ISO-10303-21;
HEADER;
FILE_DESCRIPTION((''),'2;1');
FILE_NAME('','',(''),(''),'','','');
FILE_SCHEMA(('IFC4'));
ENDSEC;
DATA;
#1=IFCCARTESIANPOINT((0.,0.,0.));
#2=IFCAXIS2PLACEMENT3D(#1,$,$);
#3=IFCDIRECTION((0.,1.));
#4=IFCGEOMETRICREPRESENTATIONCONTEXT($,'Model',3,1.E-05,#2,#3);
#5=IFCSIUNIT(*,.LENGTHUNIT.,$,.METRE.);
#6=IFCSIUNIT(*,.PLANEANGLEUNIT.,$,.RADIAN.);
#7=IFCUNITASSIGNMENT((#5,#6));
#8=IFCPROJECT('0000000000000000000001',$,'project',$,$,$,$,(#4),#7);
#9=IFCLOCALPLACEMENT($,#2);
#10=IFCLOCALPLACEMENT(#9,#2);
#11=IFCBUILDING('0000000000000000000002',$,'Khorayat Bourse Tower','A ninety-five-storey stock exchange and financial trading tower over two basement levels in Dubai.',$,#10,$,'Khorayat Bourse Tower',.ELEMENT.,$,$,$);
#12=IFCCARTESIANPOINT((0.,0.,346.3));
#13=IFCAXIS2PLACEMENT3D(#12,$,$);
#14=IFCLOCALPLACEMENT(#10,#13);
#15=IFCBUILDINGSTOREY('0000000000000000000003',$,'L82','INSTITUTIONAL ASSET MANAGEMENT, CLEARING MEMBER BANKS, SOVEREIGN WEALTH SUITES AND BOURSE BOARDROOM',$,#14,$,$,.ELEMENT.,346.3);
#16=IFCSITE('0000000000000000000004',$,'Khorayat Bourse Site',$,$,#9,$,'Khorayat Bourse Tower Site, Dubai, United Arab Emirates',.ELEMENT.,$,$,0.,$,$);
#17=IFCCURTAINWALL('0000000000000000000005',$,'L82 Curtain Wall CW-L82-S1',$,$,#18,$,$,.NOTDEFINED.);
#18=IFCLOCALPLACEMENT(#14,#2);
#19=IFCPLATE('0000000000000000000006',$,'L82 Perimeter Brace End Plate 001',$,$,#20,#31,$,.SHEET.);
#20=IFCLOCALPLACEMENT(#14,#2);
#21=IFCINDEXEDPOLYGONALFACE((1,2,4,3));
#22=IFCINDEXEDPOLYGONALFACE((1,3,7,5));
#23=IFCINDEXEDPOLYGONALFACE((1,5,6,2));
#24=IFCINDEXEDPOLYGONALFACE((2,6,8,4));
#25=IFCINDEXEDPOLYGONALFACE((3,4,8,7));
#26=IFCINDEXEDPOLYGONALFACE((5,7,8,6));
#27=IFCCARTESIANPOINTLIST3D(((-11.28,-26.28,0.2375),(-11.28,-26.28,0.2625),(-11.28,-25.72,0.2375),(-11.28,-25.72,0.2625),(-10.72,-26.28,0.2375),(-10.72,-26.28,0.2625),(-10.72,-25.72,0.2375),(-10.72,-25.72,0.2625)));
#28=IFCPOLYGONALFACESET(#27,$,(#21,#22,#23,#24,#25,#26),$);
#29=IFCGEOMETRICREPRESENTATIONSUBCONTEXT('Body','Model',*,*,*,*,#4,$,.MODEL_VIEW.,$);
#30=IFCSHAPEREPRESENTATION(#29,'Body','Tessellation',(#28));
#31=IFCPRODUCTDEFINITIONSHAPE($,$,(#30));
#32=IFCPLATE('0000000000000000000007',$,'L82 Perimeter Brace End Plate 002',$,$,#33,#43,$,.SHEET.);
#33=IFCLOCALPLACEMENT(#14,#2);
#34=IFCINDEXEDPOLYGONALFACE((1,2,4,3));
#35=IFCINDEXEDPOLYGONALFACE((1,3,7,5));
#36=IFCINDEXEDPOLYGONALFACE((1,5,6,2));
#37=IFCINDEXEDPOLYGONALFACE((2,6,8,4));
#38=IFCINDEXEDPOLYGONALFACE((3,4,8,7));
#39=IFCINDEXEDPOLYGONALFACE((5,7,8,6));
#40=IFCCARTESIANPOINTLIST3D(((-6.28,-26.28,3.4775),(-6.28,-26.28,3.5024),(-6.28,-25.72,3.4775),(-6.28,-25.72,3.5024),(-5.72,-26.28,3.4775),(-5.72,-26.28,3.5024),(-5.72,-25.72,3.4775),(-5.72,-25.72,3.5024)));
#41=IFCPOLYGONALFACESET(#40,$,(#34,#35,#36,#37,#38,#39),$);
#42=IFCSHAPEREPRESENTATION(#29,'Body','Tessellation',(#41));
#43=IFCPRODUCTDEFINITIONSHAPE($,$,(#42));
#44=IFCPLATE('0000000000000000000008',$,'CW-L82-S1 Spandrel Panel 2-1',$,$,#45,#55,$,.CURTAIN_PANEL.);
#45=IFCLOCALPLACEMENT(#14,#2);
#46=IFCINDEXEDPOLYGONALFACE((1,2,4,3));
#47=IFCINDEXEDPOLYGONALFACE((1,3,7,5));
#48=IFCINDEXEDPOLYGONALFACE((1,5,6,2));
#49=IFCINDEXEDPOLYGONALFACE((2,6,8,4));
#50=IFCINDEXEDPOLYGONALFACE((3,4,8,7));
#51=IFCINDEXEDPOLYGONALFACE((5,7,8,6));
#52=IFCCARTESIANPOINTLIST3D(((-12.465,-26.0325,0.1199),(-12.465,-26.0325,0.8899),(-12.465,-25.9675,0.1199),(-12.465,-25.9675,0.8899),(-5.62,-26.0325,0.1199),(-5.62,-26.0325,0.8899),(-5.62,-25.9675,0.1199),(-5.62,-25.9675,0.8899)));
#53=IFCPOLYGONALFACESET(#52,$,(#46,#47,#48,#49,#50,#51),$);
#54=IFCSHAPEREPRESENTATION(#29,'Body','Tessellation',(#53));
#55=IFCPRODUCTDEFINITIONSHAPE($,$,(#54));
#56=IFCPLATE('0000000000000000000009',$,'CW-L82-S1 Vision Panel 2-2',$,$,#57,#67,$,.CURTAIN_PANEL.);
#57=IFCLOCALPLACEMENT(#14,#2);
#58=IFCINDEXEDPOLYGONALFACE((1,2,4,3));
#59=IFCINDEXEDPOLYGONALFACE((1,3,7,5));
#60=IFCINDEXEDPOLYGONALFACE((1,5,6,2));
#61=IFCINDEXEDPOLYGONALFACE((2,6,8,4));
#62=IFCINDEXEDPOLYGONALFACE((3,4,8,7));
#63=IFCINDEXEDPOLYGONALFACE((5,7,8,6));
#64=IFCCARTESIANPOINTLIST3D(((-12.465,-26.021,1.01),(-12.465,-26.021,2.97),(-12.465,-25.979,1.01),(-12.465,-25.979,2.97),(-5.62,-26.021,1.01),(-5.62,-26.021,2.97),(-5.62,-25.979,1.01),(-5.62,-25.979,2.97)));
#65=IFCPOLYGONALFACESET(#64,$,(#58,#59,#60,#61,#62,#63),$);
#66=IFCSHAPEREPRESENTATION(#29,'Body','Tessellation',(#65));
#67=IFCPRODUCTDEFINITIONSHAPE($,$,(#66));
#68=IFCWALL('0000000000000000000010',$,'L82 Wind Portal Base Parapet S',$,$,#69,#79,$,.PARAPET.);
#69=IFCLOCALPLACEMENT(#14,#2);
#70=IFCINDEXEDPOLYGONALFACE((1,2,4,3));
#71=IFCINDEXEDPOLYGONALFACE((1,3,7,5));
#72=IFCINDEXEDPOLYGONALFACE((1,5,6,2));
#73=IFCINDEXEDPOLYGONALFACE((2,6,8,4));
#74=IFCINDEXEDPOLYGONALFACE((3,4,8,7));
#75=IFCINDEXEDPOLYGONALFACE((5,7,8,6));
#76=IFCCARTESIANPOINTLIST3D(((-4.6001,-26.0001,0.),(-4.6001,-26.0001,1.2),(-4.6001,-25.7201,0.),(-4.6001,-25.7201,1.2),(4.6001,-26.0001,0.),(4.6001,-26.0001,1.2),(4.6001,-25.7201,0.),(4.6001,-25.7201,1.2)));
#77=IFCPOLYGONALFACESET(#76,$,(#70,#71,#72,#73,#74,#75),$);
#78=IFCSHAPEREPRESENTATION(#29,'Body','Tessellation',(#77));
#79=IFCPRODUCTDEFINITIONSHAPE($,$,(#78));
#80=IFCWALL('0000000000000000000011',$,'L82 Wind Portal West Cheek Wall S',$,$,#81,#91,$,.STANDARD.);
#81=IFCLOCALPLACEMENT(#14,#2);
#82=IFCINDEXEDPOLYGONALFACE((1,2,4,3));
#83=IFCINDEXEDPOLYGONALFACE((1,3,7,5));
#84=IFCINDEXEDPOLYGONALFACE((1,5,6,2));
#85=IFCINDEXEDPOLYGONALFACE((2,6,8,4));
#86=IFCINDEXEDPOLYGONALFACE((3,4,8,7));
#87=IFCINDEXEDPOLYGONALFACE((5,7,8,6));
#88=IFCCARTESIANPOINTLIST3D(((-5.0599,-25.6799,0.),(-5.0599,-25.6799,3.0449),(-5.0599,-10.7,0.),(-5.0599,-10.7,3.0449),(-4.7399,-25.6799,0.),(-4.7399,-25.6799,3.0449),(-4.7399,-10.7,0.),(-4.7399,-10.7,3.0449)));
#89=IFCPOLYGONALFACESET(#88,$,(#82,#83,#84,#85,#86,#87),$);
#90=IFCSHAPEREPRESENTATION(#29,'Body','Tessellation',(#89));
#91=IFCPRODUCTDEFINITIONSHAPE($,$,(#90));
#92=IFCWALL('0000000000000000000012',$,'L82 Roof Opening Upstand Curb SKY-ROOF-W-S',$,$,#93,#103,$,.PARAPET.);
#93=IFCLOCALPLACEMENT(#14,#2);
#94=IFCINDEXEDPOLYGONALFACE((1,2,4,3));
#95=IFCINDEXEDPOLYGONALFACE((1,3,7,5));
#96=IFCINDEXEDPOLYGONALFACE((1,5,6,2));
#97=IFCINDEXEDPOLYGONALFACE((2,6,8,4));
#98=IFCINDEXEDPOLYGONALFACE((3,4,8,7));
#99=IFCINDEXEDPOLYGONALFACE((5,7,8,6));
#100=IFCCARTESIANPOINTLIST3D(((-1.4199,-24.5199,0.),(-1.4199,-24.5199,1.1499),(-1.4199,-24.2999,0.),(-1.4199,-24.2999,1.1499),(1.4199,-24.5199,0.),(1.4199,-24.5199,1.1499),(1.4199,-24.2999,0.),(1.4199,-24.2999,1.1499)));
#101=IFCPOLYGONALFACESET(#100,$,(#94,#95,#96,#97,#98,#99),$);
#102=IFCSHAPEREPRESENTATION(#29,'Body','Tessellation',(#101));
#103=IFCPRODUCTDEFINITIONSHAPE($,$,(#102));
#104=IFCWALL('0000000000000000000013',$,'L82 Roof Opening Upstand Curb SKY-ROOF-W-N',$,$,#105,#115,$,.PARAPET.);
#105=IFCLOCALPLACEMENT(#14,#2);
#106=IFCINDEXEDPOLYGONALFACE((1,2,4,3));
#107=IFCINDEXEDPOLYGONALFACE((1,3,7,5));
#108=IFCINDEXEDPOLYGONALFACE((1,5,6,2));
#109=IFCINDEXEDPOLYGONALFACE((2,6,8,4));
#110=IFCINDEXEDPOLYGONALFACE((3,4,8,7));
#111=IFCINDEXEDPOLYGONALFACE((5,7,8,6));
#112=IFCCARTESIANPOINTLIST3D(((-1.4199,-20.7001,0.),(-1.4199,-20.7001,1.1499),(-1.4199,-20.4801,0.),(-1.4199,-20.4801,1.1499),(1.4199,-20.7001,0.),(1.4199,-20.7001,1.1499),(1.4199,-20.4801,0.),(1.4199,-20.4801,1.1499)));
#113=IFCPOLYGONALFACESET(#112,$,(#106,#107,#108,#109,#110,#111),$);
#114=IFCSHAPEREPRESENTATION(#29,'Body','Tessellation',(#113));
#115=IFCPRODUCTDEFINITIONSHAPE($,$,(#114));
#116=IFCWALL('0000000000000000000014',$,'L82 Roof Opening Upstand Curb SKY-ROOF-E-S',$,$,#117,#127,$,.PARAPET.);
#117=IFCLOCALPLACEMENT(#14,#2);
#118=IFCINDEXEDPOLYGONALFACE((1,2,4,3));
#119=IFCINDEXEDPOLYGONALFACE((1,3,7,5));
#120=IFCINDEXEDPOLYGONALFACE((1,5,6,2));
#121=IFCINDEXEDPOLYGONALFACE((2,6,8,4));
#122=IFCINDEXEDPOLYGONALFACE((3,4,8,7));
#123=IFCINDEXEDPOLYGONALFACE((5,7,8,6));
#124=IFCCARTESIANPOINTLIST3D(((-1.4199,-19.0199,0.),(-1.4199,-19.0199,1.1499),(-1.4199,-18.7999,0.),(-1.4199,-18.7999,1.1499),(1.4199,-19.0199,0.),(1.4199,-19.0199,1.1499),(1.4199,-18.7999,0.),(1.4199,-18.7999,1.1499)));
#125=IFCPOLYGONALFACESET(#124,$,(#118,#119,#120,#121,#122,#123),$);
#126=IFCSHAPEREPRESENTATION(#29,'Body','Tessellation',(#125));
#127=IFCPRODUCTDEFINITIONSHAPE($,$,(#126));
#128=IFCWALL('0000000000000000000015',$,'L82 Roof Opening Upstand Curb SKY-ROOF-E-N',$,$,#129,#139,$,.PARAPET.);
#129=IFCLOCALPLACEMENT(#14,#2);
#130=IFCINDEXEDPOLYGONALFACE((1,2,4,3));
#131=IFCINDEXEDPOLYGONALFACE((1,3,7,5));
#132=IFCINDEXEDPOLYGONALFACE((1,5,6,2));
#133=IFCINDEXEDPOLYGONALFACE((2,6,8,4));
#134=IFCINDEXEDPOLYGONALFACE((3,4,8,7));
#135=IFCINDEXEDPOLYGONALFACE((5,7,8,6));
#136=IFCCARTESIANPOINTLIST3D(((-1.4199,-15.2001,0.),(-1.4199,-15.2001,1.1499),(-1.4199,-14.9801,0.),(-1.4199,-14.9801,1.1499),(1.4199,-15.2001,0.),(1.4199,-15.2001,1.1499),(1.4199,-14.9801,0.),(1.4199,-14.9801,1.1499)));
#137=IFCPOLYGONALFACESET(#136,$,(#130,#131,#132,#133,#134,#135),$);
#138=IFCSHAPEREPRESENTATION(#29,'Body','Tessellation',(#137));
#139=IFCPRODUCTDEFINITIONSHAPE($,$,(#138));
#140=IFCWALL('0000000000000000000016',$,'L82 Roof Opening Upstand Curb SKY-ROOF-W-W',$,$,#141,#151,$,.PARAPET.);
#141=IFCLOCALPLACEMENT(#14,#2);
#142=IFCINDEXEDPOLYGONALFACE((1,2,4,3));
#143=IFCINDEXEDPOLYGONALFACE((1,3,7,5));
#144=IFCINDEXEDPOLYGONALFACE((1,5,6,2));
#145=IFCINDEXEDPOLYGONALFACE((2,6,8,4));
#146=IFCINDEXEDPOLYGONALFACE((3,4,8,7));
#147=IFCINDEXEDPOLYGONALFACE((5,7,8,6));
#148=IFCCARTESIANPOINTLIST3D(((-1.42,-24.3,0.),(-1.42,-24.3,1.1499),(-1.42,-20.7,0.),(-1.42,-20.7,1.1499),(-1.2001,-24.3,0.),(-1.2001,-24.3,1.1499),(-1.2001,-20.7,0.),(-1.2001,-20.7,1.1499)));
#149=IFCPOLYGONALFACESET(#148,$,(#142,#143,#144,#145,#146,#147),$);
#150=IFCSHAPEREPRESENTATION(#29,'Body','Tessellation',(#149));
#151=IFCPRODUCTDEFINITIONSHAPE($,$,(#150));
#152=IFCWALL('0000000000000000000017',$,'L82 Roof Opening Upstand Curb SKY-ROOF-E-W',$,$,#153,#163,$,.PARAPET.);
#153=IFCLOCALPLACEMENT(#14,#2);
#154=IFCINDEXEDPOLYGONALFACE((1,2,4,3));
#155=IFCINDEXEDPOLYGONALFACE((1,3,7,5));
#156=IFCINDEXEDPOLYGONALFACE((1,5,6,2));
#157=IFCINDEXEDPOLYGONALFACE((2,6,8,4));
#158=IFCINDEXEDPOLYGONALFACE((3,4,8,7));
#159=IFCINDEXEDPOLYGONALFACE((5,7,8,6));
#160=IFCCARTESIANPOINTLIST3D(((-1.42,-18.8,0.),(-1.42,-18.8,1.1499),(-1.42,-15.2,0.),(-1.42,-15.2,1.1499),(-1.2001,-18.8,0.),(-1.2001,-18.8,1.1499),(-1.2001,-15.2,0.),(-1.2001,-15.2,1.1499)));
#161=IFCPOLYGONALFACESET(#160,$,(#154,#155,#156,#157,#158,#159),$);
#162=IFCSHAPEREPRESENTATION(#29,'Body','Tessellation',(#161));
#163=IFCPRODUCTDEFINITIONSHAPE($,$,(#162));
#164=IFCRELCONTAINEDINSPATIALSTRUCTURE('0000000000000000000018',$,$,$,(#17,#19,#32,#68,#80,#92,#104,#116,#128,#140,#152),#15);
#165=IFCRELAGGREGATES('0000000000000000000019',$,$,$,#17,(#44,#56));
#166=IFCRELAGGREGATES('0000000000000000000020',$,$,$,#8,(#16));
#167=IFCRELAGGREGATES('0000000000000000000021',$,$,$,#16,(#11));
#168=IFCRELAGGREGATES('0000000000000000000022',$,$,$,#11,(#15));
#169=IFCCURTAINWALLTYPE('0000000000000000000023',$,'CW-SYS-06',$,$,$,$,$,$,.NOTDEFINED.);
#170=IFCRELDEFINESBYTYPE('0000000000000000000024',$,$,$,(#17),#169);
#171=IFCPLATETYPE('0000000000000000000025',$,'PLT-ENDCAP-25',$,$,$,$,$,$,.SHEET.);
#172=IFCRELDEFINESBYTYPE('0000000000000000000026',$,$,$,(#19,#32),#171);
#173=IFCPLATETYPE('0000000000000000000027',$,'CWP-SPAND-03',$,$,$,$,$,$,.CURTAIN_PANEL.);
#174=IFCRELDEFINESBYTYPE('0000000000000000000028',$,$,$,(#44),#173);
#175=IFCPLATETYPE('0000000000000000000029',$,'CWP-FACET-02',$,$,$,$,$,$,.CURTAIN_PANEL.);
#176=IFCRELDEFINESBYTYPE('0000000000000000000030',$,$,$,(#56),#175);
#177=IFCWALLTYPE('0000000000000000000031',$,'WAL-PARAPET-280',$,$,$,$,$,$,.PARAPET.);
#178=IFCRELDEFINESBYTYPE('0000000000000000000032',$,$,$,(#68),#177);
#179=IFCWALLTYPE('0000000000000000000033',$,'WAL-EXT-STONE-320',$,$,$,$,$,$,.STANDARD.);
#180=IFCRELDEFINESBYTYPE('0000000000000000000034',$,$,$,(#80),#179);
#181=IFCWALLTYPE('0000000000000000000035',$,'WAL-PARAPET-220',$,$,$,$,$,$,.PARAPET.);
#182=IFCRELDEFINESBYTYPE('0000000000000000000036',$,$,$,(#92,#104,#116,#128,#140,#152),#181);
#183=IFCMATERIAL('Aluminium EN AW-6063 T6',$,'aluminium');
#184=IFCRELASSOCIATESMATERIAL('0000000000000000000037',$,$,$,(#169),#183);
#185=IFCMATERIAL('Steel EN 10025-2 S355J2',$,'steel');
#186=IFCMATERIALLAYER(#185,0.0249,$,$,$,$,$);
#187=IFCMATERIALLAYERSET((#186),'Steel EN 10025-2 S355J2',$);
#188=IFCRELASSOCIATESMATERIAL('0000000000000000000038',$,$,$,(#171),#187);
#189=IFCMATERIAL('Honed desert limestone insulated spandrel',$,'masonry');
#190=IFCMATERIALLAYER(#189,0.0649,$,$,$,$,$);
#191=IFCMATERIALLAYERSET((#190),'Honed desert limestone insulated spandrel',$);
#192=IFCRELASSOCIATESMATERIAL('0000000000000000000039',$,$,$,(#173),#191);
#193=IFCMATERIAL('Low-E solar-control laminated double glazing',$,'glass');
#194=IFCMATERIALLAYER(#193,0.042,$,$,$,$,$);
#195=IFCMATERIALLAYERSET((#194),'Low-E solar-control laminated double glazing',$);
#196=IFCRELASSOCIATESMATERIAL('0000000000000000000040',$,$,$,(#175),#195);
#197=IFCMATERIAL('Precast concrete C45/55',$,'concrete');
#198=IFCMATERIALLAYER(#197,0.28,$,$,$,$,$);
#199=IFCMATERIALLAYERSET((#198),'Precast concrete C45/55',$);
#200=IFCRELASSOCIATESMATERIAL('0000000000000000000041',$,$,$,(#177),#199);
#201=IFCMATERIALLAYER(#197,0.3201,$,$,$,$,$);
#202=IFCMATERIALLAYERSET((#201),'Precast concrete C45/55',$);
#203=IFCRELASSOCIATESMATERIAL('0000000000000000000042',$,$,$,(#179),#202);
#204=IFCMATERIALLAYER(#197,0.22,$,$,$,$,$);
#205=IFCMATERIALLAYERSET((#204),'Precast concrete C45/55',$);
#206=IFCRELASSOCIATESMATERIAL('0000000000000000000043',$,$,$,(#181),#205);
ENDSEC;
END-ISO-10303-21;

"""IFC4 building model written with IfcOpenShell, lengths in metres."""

from ifc_helpers import new_model, si_unit, direction, frame, frame_2d, origin, origin_2d, place, context, subcontext, project, spatial, rectangle, extrude, source, transform, mapped, material, layer, layer_set, type_object, element, aggregate, save


model = new_model("IFC4")

# Units and contexts
model_context = context("Model", 3, precision=1e-05, world=origin(), true_north=direction((0.0, 1.0)))
body_context = subcontext(model_context, "Body", "Model", "MODEL_VIEW")
ifc_project = project(units=[si_unit("LENGTHUNIT", "METRE"), si_unit("PLANEANGLEUNIT", "RADIAN")], contexts=[model_context])

# Site, building, storey
site_placement = place(None, origin())
site = spatial("IfcSite", under=ifc_project, at=site_placement, Name="Khorayat Bourse Site", LongName="Khorayat Bourse Tower Site, Dubai, United Arab Emirates", CompositionType="ELEMENT", RefElevation=0.0)
building_placement = place(site_placement, origin())
building = spatial("IfcBuilding", under=site, at=building_placement, Name="Khorayat Bourse Tower", Description="A ninety-five-storey stock exchange and financial trading tower over two basement levels in Dubai.", LongName="Khorayat Bourse Tower", CompositionType="ELEMENT")
storey_placement = place(building_placement, frame((0.0, 0.0, 346.3)))
storey = spatial("IfcBuildingStorey", under=building, at=storey_placement, Name="L82", Description="INSTITUTIONAL ASSET MANAGEMENT, CLEARING MEMBER BANKS, SOVEREIGN WEALTH SUITES AND BOURSE BOARDROOM", CompositionType="ELEMENT", Elevation=346.3)

# Shared definitions
ifc_material_1 = material(Name="Steel EN 10025-2 S355J2", Category="steel")

# Curtain wall
ifc_material_2 = material(Name="Aluminium EN AW-6063 T6", Category="aluminium")
curtain_wall_type = type_object("IfcCurtainWallType", Name="CW-SYS-06", PredefinedType="NOTDEFINED", material=ifc_material_2)
curtain_wall_placement = place(storey_placement, origin())
curtain_wall = element("IfcCurtainWall", 1, at=curtain_wall_placement, inside=storey, type_object=curtain_wall_type, Name="L82 Curtain Wall CW-L82-S1", PredefinedType="NOTDEFINED")

# Plates
ifc_layer_1 = layer(ifc_material_1, 0.0249)
ifc_layer_set_1 = layer_set([ifc_layer_1], Name="Steel EN 10025-2 S355J2")
plate_type_1 = type_object("IfcPlateType", Name="PLT-ENDCAP-25", PredefinedType="SHEET", material=ifc_layer_set_1)
shared_shape_1 = source(origin(), body_context, "Body", "SweptSolid", [
    extrude(rectangle(XDim=0.5601, YDim=0.5601, at=origin_2d()), origin(), (0.0, 0.0, 1.0), 0.0249),
])
for number, where, z_axis, x_axis, name in (
    (2, (-11.0, -26.0, 0.2375), (0.0, 0.0, 1.0), (1.0, 0.0, 0.0), "L82 Perimeter Brace End Plate 001"),
    (3, (-6.0, -26.0, 3.4775), (0.0, 0.0, 1.0), (1.0, 0.0, 0.0), "L82 Perimeter Brace End Plate 002"),
):
    element("IfcPlate", number, at=place(storey_placement, frame(where, z_axis=z_axis, x_axis=x_axis)), inside=storey, type_object=plate_type_1, Name=name, PredefinedType="SHEET", context=body_context, shape_type="MappedRepresentation", body=[
        mapped(shared_shape_1, transform((0.0, 0.0, 0.0), scale=1.0)),
    ])

# Plates
ifc_material_3 = material(Name="Honed desert limestone insulated spandrel", Category="masonry")
ifc_layer_2 = layer(ifc_material_3, 0.0649)
ifc_layer_set_2 = layer_set([ifc_layer_2], Name="Honed desert limestone insulated spandrel")
plate_type_2 = type_object("IfcPlateType", Name="CWP-SPAND-03", PredefinedType="CURTAIN_PANEL", material=ifc_layer_set_2)
shared_shape_2 = source(origin(), body_context, "Body", "SweptSolid", [
    extrude(rectangle(XDim=6.845, YDim=0.0649, at=origin_2d()), origin(), (0.0, 0.0, 1.0), 0.77),
])
plate_1_placement = place(storey_placement, frame((-9.0425, -26.0, 0.1199), z_axis=(0.0, 0.0, 1.0), x_axis=(1.0, 0.0, 0.0)))
plate_1 = element("IfcPlate", 4, at=plate_1_placement, type_object=plate_type_2, Name="CW-L82-S1 Spandrel Panel 2-1", PredefinedType="CURTAIN_PANEL", context=body_context, shape_type="MappedRepresentation", body=[
    mapped(shared_shape_2, transform((0.0, 0.0, 0.0), scale=1.0)),
])
ifc_material_4 = material(Name="Low-E solar-control laminated double glazing", Category="glass")
ifc_layer_3 = layer(ifc_material_4, 0.042)
ifc_layer_set_3 = layer_set([ifc_layer_3], Name="Low-E solar-control laminated double glazing")
plate_type_3 = type_object("IfcPlateType", Name="CWP-FACET-02", PredefinedType="CURTAIN_PANEL", material=ifc_layer_set_3)
shared_shape_3 = source(origin(), body_context, "Body", "SweptSolid", [
    extrude(rectangle(XDim=6.845, YDim=0.042, at=origin_2d()), origin(), (0.0, 0.0, 1.0), 1.96),
])
plate_2_placement = place(storey_placement, frame((-9.0425, -26.0, 1.01), z_axis=(0.0, 0.0, 1.0), x_axis=(1.0, 0.0, 0.0)))
plate_2 = element("IfcPlate", 5, at=plate_2_placement, type_object=plate_type_3, Name="CW-L82-S1 Vision Panel 2-2", PredefinedType="CURTAIN_PANEL", context=body_context, shape_type="MappedRepresentation", body=[
    mapped(shared_shape_3, transform((0.0, 0.0, 0.0), scale=1.0)),
])
aggregate(curtain_wall, [plate_1, plate_2])

# Walls
ifc_material_5 = material(Name="Precast concrete C45/55", Category="concrete")
ifc_layer_4 = layer(ifc_material_5, 0.28)
ifc_layer_set_4 = layer_set([ifc_layer_4], Name="Precast concrete C45/55")
wall_type_1 = type_object("IfcWallType", Name="WAL-PARAPET-280", PredefinedType="PARAPET", material=ifc_layer_set_4)
shared_shape_4 = source(origin(), body_context, "Body", "SweptSolid", [
    extrude(rectangle(XDim=9.2002, YDim=0.28, at=frame_2d((4.6001, 0.0))), origin(), (0.0, 0.0, 1.0), 1.2),
])
wall_1_placement = place(storey_placement, frame((-4.6001, -25.8601, 0.0), z_axis=(0.0, 0.0, 1.0), x_axis=(1.0, 0.0, 0.0)))
element("IfcWall", 6, at=wall_1_placement, inside=storey, type_object=wall_type_1, Name="L82 Wind Portal Base Parapet S", PredefinedType="PARAPET", context=body_context, shape_type="MappedRepresentation", body=[
    mapped(shared_shape_4, transform((0.0, 0.0, 0.0), scale=1.0)),
])
ifc_layer_5 = layer(ifc_material_5, 0.3201)
ifc_layer_set_5 = layer_set([ifc_layer_5], Name="Precast concrete C45/55")
wall_type_2 = type_object("IfcWallType", Name="WAL-EXT-STONE-320", PredefinedType="STANDARD", material=ifc_layer_set_5)
shared_shape_5 = source(origin(), body_context, "Body", "SweptSolid", [
    extrude(rectangle(XDim=14.98, YDim=0.3201, at=frame_2d((7.49, 0.0))), origin(), (0.0, 0.0, 1.0), 3.0449),
])
wall_2_placement = place(storey_placement, frame((-4.8999, -25.6799, 0.0), z_axis=(0.0, 0.0, 1.0), x_axis=(0.0, 1.0, 0.0)))
element("IfcWall", 7, at=wall_2_placement, inside=storey, type_object=wall_type_2, Name="L82 Wind Portal West Cheek Wall S", PredefinedType="STANDARD", context=body_context, shape_type="MappedRepresentation", body=[
    mapped(shared_shape_5, transform((0.0, 0.0, 0.0), scale=1.0)),
])
ifc_layer_6 = layer(ifc_material_5, 0.22)
ifc_layer_set_6 = layer_set([ifc_layer_6], Name="Precast concrete C45/55")
wall_type_3 = type_object("IfcWallType", Name="WAL-PARAPET-220", PredefinedType="PARAPET", material=ifc_layer_set_6)
shared_shape_6 = source(origin(), body_context, "Body", "SweptSolid", [
    extrude(rectangle(XDim=2.8398, YDim=0.22, at=frame_2d((1.4199, 0.0))), origin(), (0.0, 0.0, 1.0), 1.1499),
])
for number, where, z_axis, x_axis, name in (
    (8, (-1.4199, -24.4099, 0.0), (0.0, 0.0, 1.0), (1.0, 0.0, 0.0), "L82 Roof Opening Upstand Curb SKY-ROOF-W-S"),
    (9, (-1.4199, -20.5901, 0.0), (0.0, 0.0, 1.0), (1.0, 0.0, 0.0), "L82 Roof Opening Upstand Curb SKY-ROOF-W-N"),
    (10, (-1.4199, -18.9099, 0.0), (0.0, 0.0, 1.0), (1.0, 0.0, 0.0), "L82 Roof Opening Upstand Curb SKY-ROOF-E-S"),
    (11, (-1.4199, -15.0901, 0.0), (0.0, 0.0, 1.0), (1.0, 0.0, 0.0), "L82 Roof Opening Upstand Curb SKY-ROOF-E-N"),
):
    element("IfcWall", number, at=place(storey_placement, frame(where, z_axis=z_axis, x_axis=x_axis)), inside=storey, type_object=wall_type_3, Name=name, PredefinedType="PARAPET", context=body_context, shape_type="MappedRepresentation", body=[
        mapped(shared_shape_6, transform((0.0, 0.0, 0.0), scale=1.0)),
    ])
shared_shape_7 = source(origin(), body_context, "Body", "SweptSolid", [
    extrude(rectangle(XDim=3.6001, YDim=0.22, at=frame_2d((1.8, 0.0))), origin(), (0.0, 0.0, 1.0), 1.1499),
])
for number, where, z_axis, x_axis, name in (
    (12, (-1.3101, -24.3, 0.0), (0.0, 0.0, 1.0), (0.0, 1.0, 0.0), "L82 Roof Opening Upstand Curb SKY-ROOF-W-W"),
    (13, (-1.3101, -18.8, 0.0), (0.0, 0.0, 1.0), (0.0, 1.0, 0.0), "L82 Roof Opening Upstand Curb SKY-ROOF-E-W"),
):
    element("IfcWall", number, at=place(storey_placement, frame(where, z_axis=z_axis, x_axis=x_axis)), inside=storey, type_object=wall_type_3, Name=name, PredefinedType="PARAPET", context=body_context, shape_type="MappedRepresentation", body=[
        mapped(shared_shape_7, transform((0.0, 0.0, 0.0), scale=1.0)),
    ])

save(model, "model.ifc")
